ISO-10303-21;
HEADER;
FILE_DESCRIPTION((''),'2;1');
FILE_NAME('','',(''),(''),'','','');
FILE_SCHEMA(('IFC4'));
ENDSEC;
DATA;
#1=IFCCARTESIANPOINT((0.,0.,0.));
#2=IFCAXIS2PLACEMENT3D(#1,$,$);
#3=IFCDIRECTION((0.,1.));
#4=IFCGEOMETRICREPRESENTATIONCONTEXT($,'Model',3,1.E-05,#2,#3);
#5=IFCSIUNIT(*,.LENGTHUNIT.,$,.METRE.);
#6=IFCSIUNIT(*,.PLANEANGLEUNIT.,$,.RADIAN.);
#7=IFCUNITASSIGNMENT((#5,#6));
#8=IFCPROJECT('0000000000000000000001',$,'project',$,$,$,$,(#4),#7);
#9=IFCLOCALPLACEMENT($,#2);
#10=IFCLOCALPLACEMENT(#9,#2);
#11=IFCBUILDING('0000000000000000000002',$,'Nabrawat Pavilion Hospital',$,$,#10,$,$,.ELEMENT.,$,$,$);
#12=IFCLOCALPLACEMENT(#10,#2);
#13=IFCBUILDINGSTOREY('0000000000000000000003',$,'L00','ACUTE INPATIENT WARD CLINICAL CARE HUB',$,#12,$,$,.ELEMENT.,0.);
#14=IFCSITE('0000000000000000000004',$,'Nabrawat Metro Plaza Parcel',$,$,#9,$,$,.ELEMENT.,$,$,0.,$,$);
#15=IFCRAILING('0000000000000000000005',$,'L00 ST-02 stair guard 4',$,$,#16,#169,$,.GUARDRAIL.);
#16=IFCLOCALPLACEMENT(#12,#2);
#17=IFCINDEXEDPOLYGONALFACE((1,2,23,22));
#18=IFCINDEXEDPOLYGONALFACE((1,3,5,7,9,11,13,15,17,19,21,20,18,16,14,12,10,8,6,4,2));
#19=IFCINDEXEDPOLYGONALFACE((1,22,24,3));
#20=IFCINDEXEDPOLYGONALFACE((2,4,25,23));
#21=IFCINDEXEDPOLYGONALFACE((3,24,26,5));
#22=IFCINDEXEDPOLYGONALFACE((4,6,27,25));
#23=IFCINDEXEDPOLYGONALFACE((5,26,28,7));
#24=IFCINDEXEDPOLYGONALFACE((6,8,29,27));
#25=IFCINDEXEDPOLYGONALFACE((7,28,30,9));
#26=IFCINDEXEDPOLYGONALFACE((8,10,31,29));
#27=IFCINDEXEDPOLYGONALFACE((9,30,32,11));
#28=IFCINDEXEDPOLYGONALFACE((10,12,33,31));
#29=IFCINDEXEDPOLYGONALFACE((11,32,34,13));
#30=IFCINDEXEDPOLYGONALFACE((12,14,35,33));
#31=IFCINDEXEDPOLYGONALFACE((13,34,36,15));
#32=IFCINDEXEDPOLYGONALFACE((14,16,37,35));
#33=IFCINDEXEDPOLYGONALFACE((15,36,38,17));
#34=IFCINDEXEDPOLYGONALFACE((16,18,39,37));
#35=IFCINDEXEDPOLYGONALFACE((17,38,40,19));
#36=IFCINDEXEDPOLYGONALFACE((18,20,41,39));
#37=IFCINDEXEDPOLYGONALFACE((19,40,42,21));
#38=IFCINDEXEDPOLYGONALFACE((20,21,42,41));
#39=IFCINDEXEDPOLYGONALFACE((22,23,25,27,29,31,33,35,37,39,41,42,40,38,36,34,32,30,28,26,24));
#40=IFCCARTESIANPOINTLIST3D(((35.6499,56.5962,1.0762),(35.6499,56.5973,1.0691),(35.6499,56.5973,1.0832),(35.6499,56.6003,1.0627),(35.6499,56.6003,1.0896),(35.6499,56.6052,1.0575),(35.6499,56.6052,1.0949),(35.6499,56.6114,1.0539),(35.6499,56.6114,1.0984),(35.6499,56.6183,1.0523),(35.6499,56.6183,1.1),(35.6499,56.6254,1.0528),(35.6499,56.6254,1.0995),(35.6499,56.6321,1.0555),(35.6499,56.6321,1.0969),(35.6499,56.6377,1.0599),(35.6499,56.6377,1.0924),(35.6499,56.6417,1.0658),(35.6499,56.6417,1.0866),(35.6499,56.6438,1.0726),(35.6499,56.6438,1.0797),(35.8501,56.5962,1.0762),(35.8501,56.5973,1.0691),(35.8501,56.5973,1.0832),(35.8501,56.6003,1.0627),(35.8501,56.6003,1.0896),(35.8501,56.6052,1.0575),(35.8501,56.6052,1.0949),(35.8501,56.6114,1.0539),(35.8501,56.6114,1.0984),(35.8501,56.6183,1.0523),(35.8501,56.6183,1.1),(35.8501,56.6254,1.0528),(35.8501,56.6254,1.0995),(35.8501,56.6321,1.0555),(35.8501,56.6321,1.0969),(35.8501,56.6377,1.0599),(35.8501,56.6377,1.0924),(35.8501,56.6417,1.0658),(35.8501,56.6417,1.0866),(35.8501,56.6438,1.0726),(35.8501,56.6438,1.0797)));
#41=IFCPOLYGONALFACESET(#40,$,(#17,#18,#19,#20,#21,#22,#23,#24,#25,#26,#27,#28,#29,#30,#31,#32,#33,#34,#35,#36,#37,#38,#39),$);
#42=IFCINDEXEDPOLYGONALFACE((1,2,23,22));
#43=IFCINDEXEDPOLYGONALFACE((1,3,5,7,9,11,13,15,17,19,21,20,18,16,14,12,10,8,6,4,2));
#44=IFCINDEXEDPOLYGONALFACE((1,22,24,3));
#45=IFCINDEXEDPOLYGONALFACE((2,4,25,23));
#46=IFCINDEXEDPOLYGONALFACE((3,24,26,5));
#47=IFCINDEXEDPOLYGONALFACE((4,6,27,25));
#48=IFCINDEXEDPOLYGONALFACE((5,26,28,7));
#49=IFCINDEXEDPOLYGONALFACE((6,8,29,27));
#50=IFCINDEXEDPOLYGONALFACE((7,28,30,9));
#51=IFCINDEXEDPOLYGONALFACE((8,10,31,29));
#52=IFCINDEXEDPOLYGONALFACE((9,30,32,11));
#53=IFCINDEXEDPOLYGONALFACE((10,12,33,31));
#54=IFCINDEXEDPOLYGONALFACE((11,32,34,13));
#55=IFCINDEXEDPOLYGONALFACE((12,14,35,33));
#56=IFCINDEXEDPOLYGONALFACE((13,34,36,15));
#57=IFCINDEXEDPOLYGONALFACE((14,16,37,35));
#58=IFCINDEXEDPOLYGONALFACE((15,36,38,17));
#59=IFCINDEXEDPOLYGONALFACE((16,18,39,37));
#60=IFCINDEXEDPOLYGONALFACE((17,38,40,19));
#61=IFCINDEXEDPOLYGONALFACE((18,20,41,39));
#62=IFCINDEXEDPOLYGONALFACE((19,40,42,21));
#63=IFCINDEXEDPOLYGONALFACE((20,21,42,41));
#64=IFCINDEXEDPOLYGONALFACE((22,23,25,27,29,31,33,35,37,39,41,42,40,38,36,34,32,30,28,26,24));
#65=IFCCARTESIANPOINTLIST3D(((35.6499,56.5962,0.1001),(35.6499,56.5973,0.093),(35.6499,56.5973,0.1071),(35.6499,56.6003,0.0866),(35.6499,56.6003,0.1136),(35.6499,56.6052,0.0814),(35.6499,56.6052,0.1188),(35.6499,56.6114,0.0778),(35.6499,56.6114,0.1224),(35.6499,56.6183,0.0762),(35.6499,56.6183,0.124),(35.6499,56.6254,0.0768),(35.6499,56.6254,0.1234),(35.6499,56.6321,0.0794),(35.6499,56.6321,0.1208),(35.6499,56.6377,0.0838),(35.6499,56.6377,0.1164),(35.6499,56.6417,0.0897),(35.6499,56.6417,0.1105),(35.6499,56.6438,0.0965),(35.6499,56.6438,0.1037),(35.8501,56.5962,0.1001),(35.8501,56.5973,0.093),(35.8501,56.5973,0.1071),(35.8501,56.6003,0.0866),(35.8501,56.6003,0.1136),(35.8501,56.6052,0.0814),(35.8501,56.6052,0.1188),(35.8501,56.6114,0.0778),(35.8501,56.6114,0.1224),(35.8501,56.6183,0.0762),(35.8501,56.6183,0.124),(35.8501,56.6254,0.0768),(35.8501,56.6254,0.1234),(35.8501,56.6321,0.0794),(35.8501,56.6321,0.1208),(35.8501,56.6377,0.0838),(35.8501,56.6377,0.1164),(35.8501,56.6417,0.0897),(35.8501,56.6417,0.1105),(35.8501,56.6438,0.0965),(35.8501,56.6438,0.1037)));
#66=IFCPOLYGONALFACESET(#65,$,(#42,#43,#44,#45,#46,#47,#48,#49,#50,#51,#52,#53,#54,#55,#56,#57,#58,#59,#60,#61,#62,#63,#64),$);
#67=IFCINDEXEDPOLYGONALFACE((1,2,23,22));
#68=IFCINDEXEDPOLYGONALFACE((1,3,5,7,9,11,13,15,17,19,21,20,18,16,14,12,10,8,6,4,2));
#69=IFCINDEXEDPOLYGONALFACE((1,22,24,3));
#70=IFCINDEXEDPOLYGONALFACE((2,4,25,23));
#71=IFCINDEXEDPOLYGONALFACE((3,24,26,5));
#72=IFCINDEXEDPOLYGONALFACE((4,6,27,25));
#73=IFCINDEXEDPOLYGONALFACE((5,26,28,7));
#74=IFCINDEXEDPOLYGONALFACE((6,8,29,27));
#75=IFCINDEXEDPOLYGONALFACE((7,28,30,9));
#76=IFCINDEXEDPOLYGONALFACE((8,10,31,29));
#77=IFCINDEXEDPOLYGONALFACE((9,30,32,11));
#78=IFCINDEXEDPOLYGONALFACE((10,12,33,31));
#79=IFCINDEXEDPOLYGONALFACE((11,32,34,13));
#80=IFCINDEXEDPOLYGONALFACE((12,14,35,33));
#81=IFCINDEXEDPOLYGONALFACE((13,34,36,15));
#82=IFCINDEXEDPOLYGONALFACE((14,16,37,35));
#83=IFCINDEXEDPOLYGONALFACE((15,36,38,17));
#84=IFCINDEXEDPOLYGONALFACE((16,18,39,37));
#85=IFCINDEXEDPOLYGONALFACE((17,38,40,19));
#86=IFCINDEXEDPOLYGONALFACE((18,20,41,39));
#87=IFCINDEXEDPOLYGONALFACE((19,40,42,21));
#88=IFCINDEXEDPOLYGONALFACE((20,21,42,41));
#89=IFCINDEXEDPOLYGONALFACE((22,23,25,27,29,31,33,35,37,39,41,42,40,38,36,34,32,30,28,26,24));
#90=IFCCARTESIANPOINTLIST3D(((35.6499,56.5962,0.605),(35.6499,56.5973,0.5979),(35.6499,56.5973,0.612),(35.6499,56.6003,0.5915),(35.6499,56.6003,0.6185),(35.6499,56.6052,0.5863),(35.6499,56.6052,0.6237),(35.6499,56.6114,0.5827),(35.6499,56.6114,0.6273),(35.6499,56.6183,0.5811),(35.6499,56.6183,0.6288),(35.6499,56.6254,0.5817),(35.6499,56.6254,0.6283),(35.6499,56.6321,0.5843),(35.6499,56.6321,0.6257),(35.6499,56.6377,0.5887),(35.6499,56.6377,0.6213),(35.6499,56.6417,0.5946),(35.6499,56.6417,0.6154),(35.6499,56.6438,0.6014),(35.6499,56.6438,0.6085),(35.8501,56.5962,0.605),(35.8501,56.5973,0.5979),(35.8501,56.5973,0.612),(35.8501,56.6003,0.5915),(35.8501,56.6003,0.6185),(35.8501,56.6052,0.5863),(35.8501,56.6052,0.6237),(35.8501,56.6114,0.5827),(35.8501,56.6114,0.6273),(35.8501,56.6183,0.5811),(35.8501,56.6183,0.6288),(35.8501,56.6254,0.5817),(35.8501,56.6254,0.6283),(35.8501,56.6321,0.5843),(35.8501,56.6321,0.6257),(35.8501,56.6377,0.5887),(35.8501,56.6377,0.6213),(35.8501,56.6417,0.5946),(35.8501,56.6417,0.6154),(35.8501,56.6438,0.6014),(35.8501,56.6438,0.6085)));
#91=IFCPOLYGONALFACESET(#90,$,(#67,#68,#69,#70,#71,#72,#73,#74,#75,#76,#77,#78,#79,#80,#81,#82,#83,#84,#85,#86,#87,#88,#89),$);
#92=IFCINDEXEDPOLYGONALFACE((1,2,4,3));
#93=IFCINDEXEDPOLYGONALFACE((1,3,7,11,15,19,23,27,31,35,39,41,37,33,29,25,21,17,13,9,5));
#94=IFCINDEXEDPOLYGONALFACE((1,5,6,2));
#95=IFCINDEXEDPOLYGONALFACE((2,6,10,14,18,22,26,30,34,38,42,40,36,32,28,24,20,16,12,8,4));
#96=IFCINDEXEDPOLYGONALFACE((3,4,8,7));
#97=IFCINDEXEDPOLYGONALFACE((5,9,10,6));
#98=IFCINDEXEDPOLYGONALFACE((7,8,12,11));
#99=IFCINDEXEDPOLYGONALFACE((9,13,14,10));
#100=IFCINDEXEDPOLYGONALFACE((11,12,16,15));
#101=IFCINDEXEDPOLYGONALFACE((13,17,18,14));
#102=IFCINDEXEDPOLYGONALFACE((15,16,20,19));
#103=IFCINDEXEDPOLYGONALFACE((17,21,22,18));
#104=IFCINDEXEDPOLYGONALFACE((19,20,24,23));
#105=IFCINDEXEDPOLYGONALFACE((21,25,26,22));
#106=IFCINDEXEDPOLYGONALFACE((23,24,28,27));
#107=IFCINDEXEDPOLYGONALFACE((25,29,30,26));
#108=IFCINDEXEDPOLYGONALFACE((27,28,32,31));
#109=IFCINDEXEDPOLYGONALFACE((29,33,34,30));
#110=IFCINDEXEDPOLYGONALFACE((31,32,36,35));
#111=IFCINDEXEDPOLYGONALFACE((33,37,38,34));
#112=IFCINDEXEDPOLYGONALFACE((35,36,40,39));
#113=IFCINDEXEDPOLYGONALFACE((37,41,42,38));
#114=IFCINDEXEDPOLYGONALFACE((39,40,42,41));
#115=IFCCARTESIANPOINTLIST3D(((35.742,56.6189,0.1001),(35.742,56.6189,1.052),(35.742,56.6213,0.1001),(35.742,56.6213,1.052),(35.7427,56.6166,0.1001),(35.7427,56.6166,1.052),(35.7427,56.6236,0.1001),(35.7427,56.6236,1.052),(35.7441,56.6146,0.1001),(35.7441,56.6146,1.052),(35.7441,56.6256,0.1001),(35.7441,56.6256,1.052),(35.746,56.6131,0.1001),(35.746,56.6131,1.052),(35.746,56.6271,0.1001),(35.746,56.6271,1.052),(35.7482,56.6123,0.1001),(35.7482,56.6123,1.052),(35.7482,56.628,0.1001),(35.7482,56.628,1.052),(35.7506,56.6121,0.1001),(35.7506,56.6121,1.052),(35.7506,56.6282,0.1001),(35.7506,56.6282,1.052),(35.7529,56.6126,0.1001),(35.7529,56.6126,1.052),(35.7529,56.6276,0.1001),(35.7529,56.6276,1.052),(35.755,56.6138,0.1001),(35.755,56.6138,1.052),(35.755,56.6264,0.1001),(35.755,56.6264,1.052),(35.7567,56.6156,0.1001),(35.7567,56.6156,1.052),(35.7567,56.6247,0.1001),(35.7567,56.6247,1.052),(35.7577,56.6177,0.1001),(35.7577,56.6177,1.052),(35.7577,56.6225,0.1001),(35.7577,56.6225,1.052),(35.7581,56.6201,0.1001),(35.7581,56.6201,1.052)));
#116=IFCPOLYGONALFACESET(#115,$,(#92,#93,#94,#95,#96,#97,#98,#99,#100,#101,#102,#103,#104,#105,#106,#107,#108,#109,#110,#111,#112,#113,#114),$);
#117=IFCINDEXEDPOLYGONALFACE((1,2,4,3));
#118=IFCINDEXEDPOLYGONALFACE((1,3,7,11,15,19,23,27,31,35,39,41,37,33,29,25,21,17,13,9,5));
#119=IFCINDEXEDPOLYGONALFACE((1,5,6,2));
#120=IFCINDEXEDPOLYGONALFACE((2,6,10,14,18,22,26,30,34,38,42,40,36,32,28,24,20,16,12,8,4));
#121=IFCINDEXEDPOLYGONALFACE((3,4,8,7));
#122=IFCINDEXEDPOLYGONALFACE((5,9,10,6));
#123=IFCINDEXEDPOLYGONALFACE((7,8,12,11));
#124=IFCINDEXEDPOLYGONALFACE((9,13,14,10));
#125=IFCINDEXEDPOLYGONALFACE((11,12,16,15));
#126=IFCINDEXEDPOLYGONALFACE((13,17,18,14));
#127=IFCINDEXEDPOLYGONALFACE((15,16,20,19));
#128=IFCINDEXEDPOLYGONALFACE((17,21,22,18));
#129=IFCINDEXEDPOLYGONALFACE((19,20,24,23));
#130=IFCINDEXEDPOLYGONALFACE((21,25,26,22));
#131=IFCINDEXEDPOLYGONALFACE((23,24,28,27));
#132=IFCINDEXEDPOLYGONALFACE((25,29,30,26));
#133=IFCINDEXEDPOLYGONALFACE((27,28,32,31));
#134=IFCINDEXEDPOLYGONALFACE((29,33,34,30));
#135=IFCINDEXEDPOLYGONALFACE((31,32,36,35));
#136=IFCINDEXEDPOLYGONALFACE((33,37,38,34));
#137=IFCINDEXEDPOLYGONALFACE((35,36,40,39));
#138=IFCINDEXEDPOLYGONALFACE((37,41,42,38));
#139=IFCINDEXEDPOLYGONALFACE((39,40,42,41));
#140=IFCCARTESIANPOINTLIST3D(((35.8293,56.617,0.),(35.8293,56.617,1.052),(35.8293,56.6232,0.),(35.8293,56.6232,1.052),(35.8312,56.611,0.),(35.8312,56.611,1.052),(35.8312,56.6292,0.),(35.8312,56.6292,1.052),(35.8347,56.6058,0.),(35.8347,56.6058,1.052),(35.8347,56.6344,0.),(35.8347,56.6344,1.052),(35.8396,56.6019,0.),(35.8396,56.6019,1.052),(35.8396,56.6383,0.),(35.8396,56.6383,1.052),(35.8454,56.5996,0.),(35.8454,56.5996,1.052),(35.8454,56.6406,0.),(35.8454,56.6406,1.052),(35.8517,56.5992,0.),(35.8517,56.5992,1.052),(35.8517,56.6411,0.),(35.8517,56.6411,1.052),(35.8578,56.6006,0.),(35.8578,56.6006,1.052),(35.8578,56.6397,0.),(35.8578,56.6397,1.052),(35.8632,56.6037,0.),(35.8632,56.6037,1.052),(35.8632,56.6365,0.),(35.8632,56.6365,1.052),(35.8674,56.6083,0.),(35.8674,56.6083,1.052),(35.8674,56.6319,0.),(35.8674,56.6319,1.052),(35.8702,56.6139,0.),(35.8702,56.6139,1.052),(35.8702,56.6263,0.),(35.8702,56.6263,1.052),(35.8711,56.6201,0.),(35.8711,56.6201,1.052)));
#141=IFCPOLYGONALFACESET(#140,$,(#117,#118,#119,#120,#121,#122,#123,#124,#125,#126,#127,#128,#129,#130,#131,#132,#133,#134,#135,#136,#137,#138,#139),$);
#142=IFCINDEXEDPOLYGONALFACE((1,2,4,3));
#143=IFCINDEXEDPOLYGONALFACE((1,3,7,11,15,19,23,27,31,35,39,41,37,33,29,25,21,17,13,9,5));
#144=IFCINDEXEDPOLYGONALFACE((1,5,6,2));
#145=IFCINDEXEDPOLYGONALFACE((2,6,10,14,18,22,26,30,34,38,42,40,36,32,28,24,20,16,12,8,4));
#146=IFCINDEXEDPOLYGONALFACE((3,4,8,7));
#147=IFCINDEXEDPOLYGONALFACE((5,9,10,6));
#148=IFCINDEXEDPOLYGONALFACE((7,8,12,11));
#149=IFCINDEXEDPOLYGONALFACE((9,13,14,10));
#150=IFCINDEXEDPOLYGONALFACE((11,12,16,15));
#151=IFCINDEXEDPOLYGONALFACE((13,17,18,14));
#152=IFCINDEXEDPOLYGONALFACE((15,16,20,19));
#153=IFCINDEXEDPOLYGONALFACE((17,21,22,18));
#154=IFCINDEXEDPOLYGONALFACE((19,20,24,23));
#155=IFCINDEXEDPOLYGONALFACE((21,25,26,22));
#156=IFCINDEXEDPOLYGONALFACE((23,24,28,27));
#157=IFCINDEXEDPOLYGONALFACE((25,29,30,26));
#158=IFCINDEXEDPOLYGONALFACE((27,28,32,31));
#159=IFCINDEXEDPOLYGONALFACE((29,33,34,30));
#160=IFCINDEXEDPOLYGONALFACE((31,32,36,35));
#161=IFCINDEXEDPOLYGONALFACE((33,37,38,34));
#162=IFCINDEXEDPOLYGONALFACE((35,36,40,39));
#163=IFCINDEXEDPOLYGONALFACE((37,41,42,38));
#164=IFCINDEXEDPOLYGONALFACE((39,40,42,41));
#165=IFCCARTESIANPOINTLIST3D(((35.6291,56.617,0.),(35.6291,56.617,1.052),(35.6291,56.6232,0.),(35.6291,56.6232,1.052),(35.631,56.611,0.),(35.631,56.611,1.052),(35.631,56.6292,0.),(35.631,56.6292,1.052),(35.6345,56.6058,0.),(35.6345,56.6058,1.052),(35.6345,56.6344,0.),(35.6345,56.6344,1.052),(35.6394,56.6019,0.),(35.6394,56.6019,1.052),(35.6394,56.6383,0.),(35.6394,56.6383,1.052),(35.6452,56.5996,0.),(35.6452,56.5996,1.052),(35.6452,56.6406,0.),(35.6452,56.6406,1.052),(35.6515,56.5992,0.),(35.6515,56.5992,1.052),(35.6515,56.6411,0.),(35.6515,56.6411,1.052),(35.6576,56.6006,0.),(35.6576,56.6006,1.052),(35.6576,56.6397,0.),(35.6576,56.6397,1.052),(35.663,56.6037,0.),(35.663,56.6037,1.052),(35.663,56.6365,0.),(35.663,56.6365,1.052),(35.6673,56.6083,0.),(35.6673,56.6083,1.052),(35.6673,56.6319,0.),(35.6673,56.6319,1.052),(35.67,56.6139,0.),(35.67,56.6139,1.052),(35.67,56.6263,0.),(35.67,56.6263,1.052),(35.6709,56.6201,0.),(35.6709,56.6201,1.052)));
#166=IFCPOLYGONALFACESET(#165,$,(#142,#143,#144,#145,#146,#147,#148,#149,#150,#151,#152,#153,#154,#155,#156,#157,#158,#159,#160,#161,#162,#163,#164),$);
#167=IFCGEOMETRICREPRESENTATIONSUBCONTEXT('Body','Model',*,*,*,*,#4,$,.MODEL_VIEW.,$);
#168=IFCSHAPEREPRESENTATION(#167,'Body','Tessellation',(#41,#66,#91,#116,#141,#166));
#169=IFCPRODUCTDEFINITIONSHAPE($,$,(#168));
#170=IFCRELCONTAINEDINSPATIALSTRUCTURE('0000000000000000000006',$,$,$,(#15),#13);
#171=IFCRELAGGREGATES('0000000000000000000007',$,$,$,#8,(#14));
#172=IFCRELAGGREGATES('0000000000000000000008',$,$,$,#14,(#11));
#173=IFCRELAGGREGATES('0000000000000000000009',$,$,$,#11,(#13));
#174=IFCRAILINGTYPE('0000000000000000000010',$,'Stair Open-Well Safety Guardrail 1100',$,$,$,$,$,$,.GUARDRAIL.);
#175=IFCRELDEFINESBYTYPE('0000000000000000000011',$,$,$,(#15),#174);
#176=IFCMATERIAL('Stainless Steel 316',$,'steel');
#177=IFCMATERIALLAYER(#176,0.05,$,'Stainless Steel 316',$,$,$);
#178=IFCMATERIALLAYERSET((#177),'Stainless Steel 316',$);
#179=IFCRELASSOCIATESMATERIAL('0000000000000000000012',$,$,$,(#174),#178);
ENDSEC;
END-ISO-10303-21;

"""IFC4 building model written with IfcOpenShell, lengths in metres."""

from ifc_helpers import new_model, si_unit, direction, frame, origin, origin_2d, place, context, subcontext, project, spatial, circle, extrude, material, layer, layer_set, type_object, element, save


model = new_model("IFC4")

# Units and contexts
model_context = context("Model", 3, precision=1e-05, world=origin(), true_north=direction((0.0, 1.0)))
body_context = subcontext(model_context, "Body", "Model", "MODEL_VIEW")
ifc_project = project(units=[si_unit("LENGTHUNIT", "METRE"), si_unit("PLANEANGLEUNIT", "RADIAN")], contexts=[model_context])

# Site, building, storey
site_placement = place(None, origin())
site = spatial("IfcSite", under=ifc_project, at=site_placement, Name="Nabrawat Metro Plaza Parcel", CompositionType="ELEMENT", RefElevation=0.0)
building_placement = place(site_placement, origin())
building = spatial("IfcBuilding", under=site, at=building_placement, Name="Nabrawat Pavilion Hospital", CompositionType="ELEMENT")
storey_placement = place(building_placement, origin())
storey = spatial("IfcBuildingStorey", under=building, at=storey_placement, Name="L00", Description="ACUTE INPATIENT WARD CLINICAL CARE HUB", CompositionType="ELEMENT", Elevation=0.0)

# Railing
ifc_material_1 = material(Name="Stainless Steel 316", Category="steel")
ifc_layer_1 = layer(ifc_material_1, 0.05, Name="Stainless Steel 316")
ifc_layer_set_1 = layer_set([ifc_layer_1], Name="Stainless Steel 316")
railing_type_1 = type_object("IfcRailingType", Name="Stair Open-Well Safety Guardrail 1100", PredefinedType="GUARDRAIL", material=ifc_layer_set_1)
railing_1_placement = place(storey_placement, frame((35.8501, 56.6201, 0.0)))
element("IfcRailing", 1, at=railing_1_placement, inside=storey, type_object=railing_type_1, Name="L00 ST-02 stair guard 4", PredefinedType="GUARDRAIL", context=body_context, shape_type="SweptSolid", body=[
    extrude(circle(Radius=0.0239, at=origin_2d()), frame((0.0, 0.0, 1.0762), z_axis=(-1.0, 0.0, 0.0), x_axis=(0.0, -1.0, 0.0)), (0.0, 0.0, 1.0), 0.2002),
    extrude(circle(Radius=0.0239, at=origin_2d()), frame((0.0, 0.0, 0.1001), z_axis=(-1.0, 0.0, 0.0), x_axis=(0.0, -1.0, 0.0)), (0.0, 0.0, 1.0), 0.2002),
    extrude(circle(Radius=0.0239, at=origin_2d()), frame((0.0, 0.0, 0.605), z_axis=(-1.0, 0.0, 0.0), x_axis=(0.0, -1.0, 0.0)), (0.0, 0.0, 1.0), 0.2002),
    extrude(circle(Radius=0.0081, at=origin_2d()), frame((-0.1001, 0.0, 0.1001)), (0.0, 0.0, 1.0), 0.9519),
    extrude(circle(Radius=0.021, at=origin_2d()), origin(), (0.0, 0.0, 1.0), 1.052),
    extrude(circle(Radius=0.021, at=origin_2d()), frame((-0.2002, 0.0, 0.0)), (0.0, 0.0, 1.0), 1.052),
])

save(model, "model.ifc")
